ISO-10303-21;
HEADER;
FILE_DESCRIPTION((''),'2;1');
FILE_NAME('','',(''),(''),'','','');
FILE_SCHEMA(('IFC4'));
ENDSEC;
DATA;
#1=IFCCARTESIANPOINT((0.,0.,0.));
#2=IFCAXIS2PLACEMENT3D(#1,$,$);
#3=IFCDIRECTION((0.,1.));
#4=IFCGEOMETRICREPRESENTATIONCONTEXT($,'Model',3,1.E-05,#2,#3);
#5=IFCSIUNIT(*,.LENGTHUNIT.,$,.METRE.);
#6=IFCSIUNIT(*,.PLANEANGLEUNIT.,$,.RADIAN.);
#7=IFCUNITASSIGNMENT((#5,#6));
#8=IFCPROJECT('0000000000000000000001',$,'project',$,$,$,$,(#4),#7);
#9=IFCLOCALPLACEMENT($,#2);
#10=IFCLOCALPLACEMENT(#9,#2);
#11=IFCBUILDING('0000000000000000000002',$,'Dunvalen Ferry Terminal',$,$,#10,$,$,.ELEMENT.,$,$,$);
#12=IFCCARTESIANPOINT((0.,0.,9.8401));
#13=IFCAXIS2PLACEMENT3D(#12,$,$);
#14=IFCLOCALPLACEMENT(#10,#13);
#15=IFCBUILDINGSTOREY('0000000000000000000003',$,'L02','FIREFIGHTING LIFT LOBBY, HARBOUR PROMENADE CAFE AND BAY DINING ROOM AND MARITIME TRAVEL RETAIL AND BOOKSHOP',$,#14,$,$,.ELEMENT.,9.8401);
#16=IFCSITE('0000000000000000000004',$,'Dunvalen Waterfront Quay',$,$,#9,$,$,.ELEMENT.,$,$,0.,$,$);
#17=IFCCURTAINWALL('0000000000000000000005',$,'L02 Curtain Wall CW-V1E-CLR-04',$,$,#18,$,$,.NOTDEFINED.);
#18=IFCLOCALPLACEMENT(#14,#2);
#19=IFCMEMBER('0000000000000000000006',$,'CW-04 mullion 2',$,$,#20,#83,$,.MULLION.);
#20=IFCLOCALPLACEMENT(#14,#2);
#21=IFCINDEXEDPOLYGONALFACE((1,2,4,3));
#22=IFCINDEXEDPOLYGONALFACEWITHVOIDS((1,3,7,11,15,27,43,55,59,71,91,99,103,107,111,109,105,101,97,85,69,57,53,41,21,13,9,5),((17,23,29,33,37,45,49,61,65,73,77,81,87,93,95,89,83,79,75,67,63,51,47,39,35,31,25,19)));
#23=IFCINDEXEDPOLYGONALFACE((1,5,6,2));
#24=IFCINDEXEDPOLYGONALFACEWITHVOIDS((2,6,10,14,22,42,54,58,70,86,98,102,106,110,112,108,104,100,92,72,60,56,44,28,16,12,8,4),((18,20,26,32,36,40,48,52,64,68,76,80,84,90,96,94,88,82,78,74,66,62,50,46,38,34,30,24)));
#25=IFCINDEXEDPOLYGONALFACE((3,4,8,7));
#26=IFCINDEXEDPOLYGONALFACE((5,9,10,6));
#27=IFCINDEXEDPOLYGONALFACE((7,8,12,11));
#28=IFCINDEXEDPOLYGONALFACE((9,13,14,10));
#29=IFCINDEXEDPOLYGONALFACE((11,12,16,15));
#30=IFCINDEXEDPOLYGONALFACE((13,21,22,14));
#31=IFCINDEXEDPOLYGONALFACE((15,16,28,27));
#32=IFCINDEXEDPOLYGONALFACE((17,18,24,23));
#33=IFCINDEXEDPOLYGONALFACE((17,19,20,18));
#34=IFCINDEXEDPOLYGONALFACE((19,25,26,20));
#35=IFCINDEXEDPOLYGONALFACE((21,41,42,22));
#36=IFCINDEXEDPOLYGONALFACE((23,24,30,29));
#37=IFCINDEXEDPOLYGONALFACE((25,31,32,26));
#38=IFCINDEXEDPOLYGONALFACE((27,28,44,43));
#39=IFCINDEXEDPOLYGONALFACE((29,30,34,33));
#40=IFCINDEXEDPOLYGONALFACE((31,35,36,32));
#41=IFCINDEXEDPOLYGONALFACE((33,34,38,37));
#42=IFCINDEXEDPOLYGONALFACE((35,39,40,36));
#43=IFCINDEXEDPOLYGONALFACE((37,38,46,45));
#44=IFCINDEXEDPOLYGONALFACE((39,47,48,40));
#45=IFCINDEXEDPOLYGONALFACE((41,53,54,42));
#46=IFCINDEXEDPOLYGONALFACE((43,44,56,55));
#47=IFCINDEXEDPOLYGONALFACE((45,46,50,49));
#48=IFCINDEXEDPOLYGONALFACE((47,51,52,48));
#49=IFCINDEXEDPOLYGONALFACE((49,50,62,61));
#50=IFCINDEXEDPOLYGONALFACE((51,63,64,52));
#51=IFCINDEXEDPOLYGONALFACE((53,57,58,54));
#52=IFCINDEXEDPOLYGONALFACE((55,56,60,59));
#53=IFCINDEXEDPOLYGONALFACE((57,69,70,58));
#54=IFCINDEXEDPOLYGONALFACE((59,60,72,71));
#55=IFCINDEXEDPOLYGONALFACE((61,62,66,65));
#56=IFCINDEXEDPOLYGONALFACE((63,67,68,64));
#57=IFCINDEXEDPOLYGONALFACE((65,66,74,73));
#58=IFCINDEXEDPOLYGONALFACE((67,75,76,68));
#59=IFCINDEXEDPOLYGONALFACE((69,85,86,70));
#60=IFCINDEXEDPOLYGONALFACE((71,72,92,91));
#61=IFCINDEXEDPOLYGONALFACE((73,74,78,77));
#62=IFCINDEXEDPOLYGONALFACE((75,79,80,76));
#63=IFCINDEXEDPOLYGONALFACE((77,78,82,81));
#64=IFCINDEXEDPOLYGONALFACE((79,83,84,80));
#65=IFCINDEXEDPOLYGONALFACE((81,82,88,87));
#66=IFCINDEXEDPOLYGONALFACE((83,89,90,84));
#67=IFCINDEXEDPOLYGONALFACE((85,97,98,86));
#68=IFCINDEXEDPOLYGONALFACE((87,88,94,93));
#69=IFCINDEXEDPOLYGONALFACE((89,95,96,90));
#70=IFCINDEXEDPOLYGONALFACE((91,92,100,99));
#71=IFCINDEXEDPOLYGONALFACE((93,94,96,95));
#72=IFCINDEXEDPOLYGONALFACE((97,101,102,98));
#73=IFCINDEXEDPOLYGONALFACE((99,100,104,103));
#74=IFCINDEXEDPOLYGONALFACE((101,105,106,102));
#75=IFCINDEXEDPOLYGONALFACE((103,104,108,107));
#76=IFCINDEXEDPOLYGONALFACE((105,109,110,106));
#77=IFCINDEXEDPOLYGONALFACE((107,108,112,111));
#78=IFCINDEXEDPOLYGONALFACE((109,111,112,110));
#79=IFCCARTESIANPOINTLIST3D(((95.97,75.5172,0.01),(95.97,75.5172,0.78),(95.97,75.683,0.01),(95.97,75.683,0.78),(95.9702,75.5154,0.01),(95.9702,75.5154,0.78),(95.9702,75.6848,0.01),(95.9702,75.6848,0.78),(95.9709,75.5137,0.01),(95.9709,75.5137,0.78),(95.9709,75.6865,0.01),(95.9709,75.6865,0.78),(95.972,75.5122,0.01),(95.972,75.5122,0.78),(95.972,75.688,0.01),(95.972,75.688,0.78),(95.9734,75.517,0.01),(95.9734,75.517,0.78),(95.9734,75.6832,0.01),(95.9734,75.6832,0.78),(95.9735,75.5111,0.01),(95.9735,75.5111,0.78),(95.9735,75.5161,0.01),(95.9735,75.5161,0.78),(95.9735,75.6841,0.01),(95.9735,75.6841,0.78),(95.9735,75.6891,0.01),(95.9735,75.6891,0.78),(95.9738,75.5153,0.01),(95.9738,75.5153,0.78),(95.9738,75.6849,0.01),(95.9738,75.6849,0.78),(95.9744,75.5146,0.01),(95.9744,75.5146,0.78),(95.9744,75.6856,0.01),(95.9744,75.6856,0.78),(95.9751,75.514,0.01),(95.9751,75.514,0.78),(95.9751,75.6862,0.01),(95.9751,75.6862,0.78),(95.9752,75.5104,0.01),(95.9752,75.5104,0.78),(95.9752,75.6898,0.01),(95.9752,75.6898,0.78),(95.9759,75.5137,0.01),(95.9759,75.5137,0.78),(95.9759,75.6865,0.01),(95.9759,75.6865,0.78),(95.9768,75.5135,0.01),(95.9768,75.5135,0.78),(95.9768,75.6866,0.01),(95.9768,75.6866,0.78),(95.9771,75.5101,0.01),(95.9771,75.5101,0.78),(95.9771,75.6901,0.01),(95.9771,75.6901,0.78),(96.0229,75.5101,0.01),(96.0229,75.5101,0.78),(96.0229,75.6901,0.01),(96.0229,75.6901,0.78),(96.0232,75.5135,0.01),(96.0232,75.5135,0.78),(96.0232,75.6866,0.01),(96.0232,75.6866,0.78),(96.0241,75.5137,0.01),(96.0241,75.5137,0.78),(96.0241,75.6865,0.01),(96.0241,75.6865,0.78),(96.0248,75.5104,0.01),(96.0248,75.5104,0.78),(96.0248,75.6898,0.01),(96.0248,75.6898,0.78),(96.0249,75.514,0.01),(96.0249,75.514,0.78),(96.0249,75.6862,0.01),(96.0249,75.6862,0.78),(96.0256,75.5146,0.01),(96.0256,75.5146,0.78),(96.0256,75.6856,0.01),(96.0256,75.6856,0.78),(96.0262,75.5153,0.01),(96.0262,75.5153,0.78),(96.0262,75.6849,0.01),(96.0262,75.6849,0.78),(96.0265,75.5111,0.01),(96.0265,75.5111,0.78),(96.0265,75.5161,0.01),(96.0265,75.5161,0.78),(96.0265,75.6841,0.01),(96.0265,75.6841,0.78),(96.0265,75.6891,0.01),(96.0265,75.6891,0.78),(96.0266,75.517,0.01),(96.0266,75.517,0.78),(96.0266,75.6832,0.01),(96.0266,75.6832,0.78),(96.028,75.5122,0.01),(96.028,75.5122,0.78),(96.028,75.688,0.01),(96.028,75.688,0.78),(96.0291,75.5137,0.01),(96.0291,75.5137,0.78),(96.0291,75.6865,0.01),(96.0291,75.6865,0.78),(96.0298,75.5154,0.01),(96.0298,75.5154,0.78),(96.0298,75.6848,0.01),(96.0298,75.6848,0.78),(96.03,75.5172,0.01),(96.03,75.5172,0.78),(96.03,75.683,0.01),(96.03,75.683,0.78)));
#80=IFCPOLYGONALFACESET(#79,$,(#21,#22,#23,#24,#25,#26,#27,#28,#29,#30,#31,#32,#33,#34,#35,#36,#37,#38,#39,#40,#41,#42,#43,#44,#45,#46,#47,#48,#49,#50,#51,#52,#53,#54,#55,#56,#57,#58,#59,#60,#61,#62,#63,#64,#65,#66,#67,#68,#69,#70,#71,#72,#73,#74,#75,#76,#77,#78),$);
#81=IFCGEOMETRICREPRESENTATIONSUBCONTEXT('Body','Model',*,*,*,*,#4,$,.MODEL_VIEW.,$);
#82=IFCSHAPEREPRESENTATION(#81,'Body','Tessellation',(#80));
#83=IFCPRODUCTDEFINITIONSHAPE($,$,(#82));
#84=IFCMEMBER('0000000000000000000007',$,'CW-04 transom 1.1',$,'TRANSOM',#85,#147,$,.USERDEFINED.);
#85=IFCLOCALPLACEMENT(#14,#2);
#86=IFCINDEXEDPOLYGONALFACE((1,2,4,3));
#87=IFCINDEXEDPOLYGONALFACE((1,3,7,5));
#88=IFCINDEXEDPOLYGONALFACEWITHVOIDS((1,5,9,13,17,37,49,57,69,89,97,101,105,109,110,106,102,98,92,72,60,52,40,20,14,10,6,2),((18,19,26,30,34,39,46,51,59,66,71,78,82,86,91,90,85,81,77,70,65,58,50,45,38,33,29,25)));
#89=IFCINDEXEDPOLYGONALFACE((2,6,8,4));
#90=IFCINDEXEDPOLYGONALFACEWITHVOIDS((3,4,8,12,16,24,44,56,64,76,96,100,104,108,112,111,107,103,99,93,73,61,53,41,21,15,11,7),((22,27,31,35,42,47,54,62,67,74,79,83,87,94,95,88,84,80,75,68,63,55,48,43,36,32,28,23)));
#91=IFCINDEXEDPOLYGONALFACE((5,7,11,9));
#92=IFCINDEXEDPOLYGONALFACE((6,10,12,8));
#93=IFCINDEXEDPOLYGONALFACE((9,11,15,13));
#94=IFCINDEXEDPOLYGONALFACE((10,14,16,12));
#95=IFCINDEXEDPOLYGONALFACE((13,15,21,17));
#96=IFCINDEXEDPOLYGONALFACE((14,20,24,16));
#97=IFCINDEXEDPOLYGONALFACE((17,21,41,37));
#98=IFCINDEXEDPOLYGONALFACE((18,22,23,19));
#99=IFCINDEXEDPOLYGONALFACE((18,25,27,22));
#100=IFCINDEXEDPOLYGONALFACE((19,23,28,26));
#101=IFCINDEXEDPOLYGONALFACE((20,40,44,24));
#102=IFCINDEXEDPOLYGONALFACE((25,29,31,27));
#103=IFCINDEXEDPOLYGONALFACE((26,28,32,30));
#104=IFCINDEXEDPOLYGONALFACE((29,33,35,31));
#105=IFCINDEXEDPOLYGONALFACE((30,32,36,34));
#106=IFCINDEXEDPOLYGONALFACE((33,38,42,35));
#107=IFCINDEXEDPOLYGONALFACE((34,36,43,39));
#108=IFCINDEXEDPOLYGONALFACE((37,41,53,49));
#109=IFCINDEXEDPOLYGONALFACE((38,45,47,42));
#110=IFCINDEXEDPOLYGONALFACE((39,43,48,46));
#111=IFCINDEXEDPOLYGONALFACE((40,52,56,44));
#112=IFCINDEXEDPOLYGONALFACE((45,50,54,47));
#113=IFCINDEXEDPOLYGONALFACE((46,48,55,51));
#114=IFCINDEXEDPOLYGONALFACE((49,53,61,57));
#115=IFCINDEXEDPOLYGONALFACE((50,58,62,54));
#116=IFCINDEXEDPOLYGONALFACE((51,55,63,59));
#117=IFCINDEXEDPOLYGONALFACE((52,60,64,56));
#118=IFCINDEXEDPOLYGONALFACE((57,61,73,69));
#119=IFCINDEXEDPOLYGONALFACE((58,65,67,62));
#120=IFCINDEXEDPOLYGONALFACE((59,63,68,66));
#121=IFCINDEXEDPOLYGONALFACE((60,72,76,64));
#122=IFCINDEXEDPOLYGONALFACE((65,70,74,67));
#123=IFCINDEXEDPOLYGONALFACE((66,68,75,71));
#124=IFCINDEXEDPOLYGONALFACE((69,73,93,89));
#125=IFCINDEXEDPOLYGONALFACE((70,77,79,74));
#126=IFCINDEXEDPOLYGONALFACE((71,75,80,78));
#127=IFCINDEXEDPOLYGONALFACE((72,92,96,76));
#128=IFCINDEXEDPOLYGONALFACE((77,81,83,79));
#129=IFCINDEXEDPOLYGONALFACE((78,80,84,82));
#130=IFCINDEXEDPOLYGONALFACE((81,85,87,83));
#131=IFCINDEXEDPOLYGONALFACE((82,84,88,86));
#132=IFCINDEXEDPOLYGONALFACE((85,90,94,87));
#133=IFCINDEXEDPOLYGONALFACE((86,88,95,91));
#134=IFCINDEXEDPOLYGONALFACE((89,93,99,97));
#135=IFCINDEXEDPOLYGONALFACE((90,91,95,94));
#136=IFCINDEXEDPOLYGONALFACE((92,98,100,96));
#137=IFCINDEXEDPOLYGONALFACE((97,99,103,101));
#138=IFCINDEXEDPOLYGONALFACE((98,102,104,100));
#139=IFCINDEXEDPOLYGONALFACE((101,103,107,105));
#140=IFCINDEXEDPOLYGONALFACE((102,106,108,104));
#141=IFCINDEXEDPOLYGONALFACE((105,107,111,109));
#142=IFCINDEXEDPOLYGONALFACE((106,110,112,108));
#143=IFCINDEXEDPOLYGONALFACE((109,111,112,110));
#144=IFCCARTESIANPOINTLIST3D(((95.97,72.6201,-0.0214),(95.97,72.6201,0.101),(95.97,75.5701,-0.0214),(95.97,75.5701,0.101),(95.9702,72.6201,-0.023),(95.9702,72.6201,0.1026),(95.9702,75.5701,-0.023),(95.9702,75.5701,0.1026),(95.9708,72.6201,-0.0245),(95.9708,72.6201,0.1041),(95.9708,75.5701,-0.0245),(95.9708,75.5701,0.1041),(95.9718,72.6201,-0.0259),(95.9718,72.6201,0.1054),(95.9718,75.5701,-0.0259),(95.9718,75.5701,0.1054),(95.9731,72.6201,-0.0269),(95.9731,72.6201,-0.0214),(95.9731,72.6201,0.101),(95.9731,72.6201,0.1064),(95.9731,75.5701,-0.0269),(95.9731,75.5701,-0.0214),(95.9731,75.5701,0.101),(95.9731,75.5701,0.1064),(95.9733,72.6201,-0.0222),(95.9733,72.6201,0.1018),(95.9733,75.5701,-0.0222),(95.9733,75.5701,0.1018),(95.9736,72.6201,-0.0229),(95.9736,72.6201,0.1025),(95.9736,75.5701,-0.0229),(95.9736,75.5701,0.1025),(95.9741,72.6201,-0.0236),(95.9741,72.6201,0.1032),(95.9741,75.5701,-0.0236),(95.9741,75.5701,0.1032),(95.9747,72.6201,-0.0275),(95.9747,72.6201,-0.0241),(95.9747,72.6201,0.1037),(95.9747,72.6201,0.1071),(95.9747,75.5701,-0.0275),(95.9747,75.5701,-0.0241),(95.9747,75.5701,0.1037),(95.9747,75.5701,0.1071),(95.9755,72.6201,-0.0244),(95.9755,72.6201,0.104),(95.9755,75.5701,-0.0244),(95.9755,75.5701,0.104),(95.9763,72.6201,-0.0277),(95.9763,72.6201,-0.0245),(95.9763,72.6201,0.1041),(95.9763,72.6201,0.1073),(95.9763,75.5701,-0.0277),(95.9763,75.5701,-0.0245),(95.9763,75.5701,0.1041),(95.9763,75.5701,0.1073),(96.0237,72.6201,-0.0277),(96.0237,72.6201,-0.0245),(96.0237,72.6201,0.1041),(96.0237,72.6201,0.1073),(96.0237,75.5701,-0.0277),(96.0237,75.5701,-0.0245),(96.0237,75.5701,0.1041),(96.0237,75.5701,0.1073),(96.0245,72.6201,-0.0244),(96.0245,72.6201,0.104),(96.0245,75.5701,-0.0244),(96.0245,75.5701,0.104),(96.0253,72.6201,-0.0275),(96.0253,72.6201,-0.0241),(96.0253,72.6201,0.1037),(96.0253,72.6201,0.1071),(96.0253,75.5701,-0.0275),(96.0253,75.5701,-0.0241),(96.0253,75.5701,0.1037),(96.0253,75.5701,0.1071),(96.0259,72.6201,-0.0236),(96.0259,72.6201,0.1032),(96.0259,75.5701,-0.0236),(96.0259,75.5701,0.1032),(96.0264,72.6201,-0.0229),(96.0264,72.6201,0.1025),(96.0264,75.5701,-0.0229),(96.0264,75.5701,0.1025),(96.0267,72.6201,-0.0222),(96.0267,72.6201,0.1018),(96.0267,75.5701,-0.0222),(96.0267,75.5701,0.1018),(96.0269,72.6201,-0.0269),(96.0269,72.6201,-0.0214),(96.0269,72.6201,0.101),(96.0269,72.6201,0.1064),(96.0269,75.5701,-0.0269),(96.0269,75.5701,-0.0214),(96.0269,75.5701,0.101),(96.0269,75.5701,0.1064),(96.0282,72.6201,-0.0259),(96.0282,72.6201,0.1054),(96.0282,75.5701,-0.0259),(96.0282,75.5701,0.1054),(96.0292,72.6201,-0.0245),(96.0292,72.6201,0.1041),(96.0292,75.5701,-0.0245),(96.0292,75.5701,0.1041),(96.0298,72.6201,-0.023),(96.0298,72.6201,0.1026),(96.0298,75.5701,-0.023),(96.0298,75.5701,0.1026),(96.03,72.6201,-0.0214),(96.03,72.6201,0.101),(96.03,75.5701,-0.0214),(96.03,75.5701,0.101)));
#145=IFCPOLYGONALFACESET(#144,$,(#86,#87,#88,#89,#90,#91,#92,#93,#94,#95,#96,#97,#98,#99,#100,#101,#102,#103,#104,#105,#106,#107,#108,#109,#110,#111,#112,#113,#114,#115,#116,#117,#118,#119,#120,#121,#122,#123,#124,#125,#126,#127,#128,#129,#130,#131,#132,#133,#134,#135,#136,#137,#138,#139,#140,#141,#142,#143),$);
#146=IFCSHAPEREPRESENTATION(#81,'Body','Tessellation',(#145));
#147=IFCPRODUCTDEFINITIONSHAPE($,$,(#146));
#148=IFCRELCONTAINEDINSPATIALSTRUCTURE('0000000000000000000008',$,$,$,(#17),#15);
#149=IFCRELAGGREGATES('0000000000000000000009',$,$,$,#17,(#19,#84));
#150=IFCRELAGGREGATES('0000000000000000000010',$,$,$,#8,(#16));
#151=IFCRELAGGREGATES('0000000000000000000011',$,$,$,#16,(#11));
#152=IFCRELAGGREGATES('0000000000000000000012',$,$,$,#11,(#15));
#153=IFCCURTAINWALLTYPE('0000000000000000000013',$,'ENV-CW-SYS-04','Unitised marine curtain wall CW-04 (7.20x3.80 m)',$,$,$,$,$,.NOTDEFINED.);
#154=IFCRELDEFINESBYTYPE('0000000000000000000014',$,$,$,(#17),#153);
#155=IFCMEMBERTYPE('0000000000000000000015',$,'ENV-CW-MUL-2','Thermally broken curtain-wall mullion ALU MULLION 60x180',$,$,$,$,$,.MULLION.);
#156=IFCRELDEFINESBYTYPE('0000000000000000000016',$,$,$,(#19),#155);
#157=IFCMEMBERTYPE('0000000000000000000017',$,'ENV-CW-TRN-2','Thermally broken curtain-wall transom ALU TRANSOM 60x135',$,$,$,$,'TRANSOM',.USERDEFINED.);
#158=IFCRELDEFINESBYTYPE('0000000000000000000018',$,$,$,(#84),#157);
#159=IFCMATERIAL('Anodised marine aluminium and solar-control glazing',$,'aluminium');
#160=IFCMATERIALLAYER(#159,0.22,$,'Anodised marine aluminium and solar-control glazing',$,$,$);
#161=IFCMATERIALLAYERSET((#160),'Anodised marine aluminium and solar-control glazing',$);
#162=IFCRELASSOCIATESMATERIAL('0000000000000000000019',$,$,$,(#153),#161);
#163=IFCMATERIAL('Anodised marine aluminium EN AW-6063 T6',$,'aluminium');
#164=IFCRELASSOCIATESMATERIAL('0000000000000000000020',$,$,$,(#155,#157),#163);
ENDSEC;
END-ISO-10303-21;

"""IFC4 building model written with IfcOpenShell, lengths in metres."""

from ifc_helpers import new_model, si_unit, direction, frame, origin, origin_2d, place, context, subcontext, project, spatial, hollow_rectangle, extrude, material, layer, layer_set, material_profile, profile_set, type_object, element, aggregate, save


model = new_model("IFC4")

# Units and contexts
model_context = context("Model", 3, precision=1e-05, world=origin(), true_north=direction((0.0, 1.0)))
body_context = subcontext(model_context, "Body", "Model", "MODEL_VIEW")
ifc_project = project(units=[si_unit("LENGTHUNIT", "METRE"), si_unit("PLANEANGLEUNIT", "RADIAN")], contexts=[model_context])

# Site, building, storey
site_placement = place(None, origin())
site = spatial("IfcSite", under=ifc_project, at=site_placement, Name="Dunvalen Waterfront Quay", CompositionType="ELEMENT", RefElevation=0.0)
building_placement = place(site_placement, origin())
building = spatial("IfcBuilding", under=site, at=building_placement, Name="Dunvalen Ferry Terminal", CompositionType="ELEMENT")
storey_placement = place(building_placement, frame((0.0, 0.0, 9.8401)))
storey = spatial("IfcBuildingStorey", under=building, at=storey_placement, Name="L02", Description="FIREFIGHTING LIFT LOBBY, HARBOUR PROMENADE CAFE AND BAY DINING ROOM AND MARITIME TRAVEL RETAIL AND BOOKSHOP", CompositionType="ELEMENT", Elevation=9.8401)

# Curtain wall, members
ifc_material_1 = material(Name="Anodised marine aluminium and solar-control glazing", Category="aluminium")
ifc_layer_1 = layer(ifc_material_1, 0.22, Name="Anodised marine aluminium and solar-control glazing")
ifc_layer_set_1 = layer_set([ifc_layer_1], Name="Anodised marine aluminium and solar-control glazing")
curtain_wall_type = type_object("IfcCurtainWallType", Name="ENV-CW-SYS-04", Description="Unitised marine curtain wall CW-04 (7.20x3.80 m)", PredefinedType="NOTDEFINED", material=ifc_layer_set_1)
curtain_wall_placement = place(storey_placement, origin())
curtain_wall = element("IfcCurtainWall", 1, at=curtain_wall_placement, inside=storey, type_object=curtain_wall_type, Name="L02 Curtain Wall CW-V1E-CLR-04", PredefinedType="NOTDEFINED")
ifc_material_2 = material(Name="Anodised marine aluminium EN AW-6063 T6", Category="aluminium")
ifc_material_profile_1 = material_profile(ifc_material_2, hollow_rectangle(XDim=0.0601, YDim=0.1799, WallThickness=0.0034, InnerFilletRadius=0.0034, OuterFilletRadius=0.0071, at=origin_2d()), Name="Anodised marine aluminium EN AW-6063 T6")
ifc_profile_set_1 = profile_set([ifc_material_profile_1], Name="Anodised marine aluminium EN AW-6063 T6")
member_type_1 = type_object("IfcMemberType", Name="ENV-CW-MUL-2", Description="Thermally broken curtain-wall mullion ALU MULLION 60x180", PredefinedType="MULLION", material=ifc_profile_set_1)
member_1_placement = place(storey_placement, frame((96.0, 75.6001, 0.01), z_axis=(0.0, 0.0, 1.0), x_axis=(-1.0, 0.0, 0.0)))
member_1 = element("IfcMember", 2, at=member_1_placement, type_object=member_type_1, Name="CW-04 mullion 2", PredefinedType="MULLION", context=body_context, shape_type="SweptSolid", body=[
    extrude(hollow_rectangle(XDim=0.0601, YDim=0.1799, WallThickness=0.0034, InnerFilletRadius=0.0034, OuterFilletRadius=0.0071, at=origin_2d()), origin(), (0.0, 0.0, 1.0), 0.77),
])
ifc_material_profile_2 = material_profile(ifc_material_2, hollow_rectangle(XDim=0.0601, YDim=0.135, WallThickness=0.0032, InnerFilletRadius=0.0032, OuterFilletRadius=0.0063, at=origin_2d()), Name="Anodised marine aluminium EN AW-6063 T6")
ifc_profile_set_2 = profile_set([ifc_material_profile_2], Name="Anodised marine aluminium EN AW-6063 T6")
member_type_2 = type_object("IfcMemberType", Name="ENV-CW-TRN-2", Description="Thermally broken curtain-wall transom ALU TRANSOM 60x135", ElementType="TRANSOM", PredefinedType="USERDEFINED", material=ifc_profile_set_2)
member_2_placement = place(storey_placement, frame((96.0, 72.6201, 0.0398), z_axis=(0.0, 1.0, 0.0), x_axis=(-1.0, 0.0, 0.0)))
member_2 = element("IfcMember", 3, at=member_2_placement, type_object=member_type_2, Name="CW-04 transom 1.1", ObjectType="TRANSOM", PredefinedType="USERDEFINED", context=body_context, shape_type="SweptSolid", body=[
    extrude(hollow_rectangle(XDim=0.0601, YDim=0.135, WallThickness=0.0032, InnerFilletRadius=0.0032, OuterFilletRadius=0.0063, at=origin_2d()), origin(), (0.0, 0.0, 1.0), 2.95),
])

aggregate(curtain_wall, [member_1, member_2])

save(model, "model.ifc")
